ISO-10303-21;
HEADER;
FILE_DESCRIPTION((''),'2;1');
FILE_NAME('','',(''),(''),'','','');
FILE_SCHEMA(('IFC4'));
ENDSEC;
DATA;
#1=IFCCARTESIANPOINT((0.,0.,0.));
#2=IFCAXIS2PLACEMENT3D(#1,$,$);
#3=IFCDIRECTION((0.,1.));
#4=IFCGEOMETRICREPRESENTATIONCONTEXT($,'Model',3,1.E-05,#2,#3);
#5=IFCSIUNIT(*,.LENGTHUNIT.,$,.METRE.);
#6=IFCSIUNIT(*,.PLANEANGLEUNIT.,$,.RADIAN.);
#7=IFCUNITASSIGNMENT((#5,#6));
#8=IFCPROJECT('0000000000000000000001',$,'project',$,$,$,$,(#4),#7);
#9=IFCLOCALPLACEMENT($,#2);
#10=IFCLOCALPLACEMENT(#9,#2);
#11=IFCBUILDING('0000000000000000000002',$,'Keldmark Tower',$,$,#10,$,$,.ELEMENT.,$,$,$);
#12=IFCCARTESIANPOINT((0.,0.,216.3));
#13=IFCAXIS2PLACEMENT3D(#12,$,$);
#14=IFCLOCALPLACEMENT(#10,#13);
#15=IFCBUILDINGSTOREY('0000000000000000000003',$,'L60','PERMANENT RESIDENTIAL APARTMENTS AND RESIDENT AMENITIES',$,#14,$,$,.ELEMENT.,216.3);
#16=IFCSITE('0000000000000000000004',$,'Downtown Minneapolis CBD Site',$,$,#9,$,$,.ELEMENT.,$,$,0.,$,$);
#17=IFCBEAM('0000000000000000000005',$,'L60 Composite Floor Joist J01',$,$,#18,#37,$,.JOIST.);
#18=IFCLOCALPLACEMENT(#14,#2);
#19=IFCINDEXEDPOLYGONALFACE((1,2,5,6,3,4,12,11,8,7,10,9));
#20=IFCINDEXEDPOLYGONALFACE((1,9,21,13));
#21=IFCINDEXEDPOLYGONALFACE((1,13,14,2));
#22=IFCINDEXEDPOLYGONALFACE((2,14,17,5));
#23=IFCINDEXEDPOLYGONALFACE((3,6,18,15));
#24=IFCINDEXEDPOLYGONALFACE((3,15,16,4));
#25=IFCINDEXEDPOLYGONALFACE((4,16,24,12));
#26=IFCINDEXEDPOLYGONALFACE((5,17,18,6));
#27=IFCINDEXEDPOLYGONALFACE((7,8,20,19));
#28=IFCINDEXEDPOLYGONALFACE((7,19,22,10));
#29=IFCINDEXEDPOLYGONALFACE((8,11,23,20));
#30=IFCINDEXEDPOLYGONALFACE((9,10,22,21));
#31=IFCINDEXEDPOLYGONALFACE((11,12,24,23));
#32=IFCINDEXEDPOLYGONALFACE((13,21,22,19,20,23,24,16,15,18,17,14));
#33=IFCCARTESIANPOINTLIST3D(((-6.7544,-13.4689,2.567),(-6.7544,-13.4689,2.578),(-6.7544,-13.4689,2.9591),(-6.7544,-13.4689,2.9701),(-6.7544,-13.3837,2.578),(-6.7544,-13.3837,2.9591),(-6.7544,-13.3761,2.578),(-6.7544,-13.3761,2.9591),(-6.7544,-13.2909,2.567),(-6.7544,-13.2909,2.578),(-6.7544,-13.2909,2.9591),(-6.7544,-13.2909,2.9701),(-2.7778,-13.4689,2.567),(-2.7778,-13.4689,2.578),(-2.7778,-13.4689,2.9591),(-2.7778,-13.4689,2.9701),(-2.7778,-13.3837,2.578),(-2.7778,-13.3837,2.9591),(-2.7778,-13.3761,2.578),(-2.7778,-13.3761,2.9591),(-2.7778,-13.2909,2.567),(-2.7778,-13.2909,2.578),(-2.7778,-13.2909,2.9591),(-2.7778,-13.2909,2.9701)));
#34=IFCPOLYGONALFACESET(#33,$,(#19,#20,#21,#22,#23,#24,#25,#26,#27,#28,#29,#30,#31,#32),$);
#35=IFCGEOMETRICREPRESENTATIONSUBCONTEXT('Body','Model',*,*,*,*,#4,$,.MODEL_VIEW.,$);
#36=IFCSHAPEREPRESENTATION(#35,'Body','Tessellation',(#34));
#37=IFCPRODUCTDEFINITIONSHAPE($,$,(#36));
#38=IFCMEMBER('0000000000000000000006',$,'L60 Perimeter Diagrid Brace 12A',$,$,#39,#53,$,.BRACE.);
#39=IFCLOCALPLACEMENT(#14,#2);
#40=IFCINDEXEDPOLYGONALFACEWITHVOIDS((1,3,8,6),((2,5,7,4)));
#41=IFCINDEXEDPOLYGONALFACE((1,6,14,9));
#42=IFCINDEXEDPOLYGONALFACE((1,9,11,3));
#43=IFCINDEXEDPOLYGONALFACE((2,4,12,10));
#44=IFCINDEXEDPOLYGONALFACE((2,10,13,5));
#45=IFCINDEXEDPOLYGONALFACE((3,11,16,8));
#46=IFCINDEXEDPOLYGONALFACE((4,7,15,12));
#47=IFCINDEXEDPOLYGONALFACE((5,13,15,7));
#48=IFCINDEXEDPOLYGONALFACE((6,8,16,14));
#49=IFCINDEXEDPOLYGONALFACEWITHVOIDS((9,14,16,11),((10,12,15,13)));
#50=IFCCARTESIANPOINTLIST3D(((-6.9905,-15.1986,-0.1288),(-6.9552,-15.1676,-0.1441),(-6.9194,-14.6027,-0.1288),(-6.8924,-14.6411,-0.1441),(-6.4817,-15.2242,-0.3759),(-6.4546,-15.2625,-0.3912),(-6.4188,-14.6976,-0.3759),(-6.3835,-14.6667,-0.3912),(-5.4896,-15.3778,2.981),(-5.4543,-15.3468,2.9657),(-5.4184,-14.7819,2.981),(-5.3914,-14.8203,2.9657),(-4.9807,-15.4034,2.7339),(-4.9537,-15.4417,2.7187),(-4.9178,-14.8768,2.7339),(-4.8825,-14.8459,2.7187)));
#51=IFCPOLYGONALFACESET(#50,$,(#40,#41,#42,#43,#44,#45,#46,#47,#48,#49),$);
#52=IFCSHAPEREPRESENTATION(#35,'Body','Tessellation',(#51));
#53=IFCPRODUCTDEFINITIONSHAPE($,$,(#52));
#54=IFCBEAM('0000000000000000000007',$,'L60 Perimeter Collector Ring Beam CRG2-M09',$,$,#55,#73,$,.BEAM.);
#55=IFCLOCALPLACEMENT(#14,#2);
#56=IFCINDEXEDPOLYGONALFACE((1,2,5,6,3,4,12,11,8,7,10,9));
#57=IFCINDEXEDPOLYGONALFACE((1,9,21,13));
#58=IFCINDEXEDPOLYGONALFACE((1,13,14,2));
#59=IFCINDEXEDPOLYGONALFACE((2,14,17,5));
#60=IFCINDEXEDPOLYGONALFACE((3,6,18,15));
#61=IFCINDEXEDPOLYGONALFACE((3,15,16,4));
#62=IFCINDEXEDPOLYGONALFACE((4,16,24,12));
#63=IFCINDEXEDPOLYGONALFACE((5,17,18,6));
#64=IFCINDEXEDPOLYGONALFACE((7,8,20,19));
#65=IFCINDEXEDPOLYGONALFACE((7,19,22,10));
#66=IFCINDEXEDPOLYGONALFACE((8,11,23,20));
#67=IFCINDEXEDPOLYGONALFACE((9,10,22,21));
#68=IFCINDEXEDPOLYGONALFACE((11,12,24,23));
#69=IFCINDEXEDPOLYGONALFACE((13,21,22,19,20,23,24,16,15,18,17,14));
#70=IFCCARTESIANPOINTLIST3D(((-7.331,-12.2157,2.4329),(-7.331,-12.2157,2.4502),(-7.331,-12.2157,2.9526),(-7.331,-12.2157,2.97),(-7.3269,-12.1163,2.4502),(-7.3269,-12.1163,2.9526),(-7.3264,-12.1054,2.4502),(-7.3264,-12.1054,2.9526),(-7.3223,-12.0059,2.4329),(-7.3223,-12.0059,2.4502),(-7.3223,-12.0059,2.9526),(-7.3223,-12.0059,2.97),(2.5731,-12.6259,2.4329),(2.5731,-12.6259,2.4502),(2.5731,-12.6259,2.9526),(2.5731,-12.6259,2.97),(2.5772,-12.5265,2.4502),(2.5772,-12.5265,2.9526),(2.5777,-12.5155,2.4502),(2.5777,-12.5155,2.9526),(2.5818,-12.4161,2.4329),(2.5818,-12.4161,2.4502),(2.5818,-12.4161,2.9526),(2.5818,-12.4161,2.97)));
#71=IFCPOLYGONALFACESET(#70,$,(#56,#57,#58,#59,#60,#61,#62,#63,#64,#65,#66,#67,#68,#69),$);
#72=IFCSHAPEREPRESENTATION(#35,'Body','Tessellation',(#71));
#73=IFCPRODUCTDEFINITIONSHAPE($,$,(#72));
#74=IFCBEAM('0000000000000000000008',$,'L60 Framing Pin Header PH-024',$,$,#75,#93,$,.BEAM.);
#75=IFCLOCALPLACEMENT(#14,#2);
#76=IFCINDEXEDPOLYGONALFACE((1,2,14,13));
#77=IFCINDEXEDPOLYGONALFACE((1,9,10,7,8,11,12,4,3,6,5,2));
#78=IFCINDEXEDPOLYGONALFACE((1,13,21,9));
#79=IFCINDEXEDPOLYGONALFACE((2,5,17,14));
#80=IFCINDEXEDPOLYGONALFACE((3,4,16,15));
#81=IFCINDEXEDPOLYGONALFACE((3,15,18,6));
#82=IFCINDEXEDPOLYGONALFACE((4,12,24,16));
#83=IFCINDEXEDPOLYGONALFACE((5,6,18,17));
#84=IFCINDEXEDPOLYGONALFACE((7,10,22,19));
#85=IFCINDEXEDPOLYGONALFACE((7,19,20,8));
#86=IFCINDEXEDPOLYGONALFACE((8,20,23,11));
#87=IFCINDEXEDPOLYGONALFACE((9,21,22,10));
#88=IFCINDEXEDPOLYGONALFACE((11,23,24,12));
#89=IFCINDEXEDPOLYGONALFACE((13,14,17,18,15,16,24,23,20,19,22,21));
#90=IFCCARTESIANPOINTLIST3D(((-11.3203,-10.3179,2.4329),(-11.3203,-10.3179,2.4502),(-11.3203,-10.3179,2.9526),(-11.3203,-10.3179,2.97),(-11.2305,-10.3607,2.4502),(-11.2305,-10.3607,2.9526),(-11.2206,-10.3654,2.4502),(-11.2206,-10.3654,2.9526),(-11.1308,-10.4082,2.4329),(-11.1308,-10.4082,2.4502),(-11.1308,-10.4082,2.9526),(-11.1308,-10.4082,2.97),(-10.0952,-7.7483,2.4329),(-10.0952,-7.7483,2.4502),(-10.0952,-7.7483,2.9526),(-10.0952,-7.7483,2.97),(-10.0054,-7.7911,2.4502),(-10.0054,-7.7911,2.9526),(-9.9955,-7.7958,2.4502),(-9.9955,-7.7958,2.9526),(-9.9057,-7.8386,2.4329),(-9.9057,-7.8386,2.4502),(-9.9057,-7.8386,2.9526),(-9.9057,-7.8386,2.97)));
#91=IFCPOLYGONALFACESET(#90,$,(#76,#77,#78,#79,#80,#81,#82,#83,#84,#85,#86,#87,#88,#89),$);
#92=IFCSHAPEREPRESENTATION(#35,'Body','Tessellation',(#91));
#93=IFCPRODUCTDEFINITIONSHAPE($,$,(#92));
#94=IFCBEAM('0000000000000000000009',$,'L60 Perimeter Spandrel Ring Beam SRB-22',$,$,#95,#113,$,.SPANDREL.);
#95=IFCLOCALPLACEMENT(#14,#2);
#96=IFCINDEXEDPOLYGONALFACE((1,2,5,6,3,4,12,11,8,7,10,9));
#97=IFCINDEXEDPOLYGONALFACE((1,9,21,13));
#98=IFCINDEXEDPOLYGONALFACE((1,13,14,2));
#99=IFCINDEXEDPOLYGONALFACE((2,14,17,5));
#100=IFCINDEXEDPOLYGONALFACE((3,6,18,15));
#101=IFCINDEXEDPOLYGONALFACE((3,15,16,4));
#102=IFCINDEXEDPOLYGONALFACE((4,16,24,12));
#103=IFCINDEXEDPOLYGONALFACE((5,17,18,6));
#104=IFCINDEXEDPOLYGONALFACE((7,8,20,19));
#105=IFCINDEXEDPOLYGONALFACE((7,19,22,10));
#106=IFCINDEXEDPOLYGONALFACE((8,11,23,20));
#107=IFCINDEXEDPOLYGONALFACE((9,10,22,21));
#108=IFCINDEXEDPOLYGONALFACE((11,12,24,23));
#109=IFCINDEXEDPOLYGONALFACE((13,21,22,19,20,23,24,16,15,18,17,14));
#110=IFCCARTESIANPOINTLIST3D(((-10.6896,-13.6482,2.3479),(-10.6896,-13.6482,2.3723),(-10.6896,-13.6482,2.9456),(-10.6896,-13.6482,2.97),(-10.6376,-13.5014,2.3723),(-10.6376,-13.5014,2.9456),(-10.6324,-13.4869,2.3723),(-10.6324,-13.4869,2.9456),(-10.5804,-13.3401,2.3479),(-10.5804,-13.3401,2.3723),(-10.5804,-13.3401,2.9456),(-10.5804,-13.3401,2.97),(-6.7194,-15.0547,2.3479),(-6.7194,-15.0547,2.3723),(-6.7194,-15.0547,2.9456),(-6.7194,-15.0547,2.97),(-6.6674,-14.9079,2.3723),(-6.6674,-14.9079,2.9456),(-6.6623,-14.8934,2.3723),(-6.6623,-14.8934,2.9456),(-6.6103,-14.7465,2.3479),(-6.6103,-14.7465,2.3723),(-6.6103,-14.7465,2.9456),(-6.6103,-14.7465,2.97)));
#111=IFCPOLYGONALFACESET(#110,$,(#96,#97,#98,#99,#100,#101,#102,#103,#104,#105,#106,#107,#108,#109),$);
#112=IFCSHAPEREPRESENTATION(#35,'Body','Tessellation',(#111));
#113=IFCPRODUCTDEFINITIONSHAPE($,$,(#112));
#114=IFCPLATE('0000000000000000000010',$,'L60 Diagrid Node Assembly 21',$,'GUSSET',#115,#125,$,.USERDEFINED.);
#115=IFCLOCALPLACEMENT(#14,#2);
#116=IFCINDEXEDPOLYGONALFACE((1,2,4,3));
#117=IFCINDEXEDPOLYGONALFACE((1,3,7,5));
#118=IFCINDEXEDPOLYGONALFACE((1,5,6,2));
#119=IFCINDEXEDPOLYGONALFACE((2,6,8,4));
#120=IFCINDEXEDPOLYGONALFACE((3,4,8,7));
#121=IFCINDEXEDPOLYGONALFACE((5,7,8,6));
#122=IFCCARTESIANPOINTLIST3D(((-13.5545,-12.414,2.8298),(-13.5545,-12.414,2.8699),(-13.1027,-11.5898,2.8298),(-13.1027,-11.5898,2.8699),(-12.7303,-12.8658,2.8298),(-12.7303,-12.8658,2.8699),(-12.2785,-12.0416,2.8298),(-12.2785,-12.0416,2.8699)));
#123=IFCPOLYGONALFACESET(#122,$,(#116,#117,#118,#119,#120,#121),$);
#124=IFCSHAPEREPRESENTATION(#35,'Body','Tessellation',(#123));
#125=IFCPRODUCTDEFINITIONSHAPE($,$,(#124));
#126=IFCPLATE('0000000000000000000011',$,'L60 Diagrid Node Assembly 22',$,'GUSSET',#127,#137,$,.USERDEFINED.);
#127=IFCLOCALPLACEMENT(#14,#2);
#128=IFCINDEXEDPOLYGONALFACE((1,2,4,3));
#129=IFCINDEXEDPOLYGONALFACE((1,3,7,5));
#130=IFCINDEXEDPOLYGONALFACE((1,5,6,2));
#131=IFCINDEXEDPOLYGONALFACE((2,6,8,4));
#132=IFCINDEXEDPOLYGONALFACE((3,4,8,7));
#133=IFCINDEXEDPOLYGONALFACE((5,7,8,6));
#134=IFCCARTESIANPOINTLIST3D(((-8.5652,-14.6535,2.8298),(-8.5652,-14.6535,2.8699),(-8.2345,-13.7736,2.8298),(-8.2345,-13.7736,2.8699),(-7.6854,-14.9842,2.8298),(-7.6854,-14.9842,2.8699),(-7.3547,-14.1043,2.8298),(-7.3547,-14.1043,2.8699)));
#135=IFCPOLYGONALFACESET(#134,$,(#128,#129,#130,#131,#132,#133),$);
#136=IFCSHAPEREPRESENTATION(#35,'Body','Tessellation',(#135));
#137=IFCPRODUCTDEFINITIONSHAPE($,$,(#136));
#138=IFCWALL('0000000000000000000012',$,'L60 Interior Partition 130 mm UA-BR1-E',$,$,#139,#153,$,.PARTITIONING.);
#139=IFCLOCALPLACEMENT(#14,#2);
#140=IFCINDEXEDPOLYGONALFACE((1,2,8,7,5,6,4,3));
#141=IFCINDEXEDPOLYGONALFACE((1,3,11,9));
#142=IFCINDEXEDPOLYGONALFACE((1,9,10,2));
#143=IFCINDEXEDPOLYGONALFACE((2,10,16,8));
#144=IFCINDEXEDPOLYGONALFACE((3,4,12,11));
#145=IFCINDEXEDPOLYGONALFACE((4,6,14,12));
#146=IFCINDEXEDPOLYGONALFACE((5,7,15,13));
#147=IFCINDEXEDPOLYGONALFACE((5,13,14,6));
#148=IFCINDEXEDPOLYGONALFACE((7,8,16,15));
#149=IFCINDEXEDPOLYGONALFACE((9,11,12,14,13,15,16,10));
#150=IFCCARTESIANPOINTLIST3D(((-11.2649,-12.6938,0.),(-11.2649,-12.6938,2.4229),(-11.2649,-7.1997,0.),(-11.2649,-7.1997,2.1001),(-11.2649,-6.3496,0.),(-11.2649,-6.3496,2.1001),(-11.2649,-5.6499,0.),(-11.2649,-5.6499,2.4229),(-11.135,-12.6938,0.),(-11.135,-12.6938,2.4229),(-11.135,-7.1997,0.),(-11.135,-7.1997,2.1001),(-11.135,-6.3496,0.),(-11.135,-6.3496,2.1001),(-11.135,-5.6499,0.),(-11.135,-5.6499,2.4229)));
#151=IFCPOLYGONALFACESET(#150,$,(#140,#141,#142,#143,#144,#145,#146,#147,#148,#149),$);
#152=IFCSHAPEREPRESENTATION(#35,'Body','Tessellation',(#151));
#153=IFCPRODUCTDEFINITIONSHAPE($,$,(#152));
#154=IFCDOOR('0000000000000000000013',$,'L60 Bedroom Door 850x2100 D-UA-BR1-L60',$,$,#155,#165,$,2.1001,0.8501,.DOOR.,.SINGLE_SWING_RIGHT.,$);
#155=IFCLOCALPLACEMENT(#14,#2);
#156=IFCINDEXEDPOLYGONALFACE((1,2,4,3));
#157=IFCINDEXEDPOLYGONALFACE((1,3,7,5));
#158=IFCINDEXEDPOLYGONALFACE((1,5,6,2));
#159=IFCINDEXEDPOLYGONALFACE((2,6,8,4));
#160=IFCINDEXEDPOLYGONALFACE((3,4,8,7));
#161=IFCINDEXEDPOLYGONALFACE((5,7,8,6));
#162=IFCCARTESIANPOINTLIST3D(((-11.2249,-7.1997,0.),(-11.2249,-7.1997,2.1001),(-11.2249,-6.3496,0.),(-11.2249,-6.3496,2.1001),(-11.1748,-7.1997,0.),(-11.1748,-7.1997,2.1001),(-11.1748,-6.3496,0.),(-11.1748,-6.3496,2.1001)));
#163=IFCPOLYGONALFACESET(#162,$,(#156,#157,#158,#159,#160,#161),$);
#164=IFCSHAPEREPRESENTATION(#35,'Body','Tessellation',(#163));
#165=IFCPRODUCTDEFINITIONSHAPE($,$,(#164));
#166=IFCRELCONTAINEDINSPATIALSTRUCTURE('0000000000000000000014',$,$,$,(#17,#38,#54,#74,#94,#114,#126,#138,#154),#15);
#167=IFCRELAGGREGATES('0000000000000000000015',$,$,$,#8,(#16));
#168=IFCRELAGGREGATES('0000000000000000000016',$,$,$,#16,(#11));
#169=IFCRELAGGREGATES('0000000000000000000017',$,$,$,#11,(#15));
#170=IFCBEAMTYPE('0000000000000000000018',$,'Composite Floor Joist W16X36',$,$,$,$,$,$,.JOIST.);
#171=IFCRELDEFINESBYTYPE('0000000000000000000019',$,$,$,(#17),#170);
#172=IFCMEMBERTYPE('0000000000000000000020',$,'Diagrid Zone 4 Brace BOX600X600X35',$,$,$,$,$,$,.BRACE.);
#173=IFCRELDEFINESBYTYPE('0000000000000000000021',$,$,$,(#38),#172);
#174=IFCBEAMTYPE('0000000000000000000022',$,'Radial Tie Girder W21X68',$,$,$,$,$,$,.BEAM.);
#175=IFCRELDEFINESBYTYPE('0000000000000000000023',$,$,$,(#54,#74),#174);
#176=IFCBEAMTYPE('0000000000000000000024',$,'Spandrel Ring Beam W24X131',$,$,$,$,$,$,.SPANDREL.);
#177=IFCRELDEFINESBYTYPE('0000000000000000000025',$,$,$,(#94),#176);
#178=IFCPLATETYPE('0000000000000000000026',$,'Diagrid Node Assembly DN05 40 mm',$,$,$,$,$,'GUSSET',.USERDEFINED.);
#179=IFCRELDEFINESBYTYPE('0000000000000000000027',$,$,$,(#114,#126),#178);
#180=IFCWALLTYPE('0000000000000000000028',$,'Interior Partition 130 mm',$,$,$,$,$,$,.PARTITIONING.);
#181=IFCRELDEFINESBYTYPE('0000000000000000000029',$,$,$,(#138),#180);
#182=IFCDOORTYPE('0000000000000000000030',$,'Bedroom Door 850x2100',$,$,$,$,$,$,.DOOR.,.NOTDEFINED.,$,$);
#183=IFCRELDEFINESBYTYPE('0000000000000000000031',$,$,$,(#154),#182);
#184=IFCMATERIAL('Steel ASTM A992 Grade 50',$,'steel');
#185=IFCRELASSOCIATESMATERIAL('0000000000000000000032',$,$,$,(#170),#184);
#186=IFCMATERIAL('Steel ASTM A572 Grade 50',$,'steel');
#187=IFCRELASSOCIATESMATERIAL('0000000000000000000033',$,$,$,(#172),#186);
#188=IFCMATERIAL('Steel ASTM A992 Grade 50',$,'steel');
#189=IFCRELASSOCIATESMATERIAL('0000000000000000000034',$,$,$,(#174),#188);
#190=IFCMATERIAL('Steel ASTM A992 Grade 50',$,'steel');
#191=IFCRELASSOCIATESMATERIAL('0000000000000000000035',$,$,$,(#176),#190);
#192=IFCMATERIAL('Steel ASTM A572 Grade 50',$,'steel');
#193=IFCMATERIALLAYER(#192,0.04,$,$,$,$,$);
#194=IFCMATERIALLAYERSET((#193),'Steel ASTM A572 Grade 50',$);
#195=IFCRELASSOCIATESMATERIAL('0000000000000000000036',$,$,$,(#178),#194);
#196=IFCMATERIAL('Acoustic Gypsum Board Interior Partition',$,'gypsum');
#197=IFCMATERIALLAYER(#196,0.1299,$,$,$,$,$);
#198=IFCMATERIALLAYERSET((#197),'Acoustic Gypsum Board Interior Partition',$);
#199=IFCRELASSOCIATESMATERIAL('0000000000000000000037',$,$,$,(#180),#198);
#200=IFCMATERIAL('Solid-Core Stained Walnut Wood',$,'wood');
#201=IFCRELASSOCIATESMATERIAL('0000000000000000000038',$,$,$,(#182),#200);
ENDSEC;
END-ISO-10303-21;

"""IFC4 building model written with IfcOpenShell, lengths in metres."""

from ifc_helpers import new_model, si_unit, direction, frame, frame_2d, origin, origin_2d, place, context, subcontext, project, spatial, rectangle, hollow_rectangle, i_section, extrude, material, layer, layer_set, material_profile, profile_set, type_object, element, fill, save


model = new_model("IFC4")

# Units and contexts
model_context = context("Model", 3, precision=1e-05, world=origin(), true_north=direction((0.0, 1.0)))
body_context = subcontext(model_context, "Body", "Model", "MODEL_VIEW")
ifc_project = project(units=[si_unit("LENGTHUNIT", "METRE"), si_unit("PLANEANGLEUNIT", "RADIAN")], contexts=[model_context])

# Site, building, storey
site_placement = place(None, origin())
site = spatial("IfcSite", under=ifc_project, at=site_placement, Name="Downtown Minneapolis CBD Site", CompositionType="ELEMENT", RefElevation=0.0)
building_placement = place(site_placement, origin())
building = spatial("IfcBuilding", under=site, at=building_placement, Name="Keldmark Tower", CompositionType="ELEMENT")
storey_placement = place(building_placement, frame((0.0, 0.0, 216.3)))
storey = spatial("IfcBuildingStorey", under=building, at=storey_placement, Name="L60", Description="PERMANENT RESIDENTIAL APARTMENTS AND RESIDENT AMENITIES", CompositionType="ELEMENT", Elevation=216.3)

# Beam
ifc_material_1 = material(Name="Steel ASTM A992 Grade 50", Category="steel")
ifc_material_profile_1 = material_profile(ifc_material_1, i_section(OverallWidth=0.178, OverallDepth=0.4031, WebThickness=0.0076, FlangeThickness=0.011, at=origin_2d()), Name="W16X36")
ifc_profile_set_1 = profile_set([ifc_material_profile_1], Name="Steel ASTM A992 Grade 50")
beam_type_1 = type_object("IfcBeamType", Name="Composite Floor Joist W16X36", PredefinedType="JOIST", material=ifc_profile_set_1)
beam_1_placement = place(storey_placement, frame((-6.7544, -13.3799, 2.7686), z_axis=(1.0, 0.0, 0.0), x_axis=(0.0, 1.0, 0.0)))
element("IfcBeam", 1, at=beam_1_placement, inside=storey, type_object=beam_type_1, Name="L60 Composite Floor Joist J01", PredefinedType="JOIST", context=body_context, shape_type="SweptSolid", body=[
    extrude(i_section(OverallWidth=0.178, OverallDepth=0.4031, WebThickness=0.0076, FlangeThickness=0.011, at=origin_2d()), origin(), (0.0, 0.0, 1.0), 3.9766),
])

# Member
ifc_material_2 = material(Name="Steel ASTM A572 Grade 50", Category="steel")
ifc_material_profile_2 = material_profile(ifc_material_2, hollow_rectangle(XDim=0.6001, YDim=0.6001, WallThickness=0.0349, at=origin_2d()), Name="BOX600X600X35")
ifc_profile_set_2 = profile_set([ifc_material_profile_2], Name="Steel ASTM A572 Grade 50")
member_type = type_object("IfcMemberType", Name="Diagrid Zone 4 Brace BOX600X600X35", PredefinedType="BRACE", material=ifc_profile_set_2)
member_placement = place(storey_placement, frame((-6.687, -14.9326, -0.26), z_axis=(0.434086, -0.051825, 0.89938), x_axis=(0.118547, 0.992948, 0.0)))
element("IfcMember", 2, at=member_placement, inside=storey, type_object=member_type, Name="L60 Perimeter Diagrid Brace 12A", PredefinedType="BRACE", context=body_context, shape_type="SweptSolid", body=[
    extrude(hollow_rectangle(XDim=0.6001, YDim=0.6001, WallThickness=0.0349, at=origin_2d()), origin(), (0.0, 0.0, 1.0), 3.4578),
])

# Beams
ifc_material_3 = material(Name="Steel ASTM A992 Grade 50", Category="steel")
ifc_material_profile_3 = material_profile(ifc_material_3, i_section(OverallWidth=0.21, OverallDepth=0.5371, WebThickness=0.011, FlangeThickness=0.0173, at=origin_2d()), Name="W21X68")
ifc_profile_set_3 = profile_set([ifc_material_profile_3], Name="Steel ASTM A992 Grade 50")
beam_type_2 = type_object("IfcBeamType", Name="Radial Tie Girder W21X68", PredefinedType="BEAM", material=ifc_profile_set_3)
beam_2_placement = place(storey_placement, frame((-7.3267, -12.1108, 2.7014), z_axis=(0.999144, -0.041378, 0.0), x_axis=(0.041378, 0.999144, 0.0)))
element("IfcBeam", 3, at=beam_2_placement, inside=storey, type_object=beam_type_2, Name="L60 Perimeter Collector Ring Beam CRG2-M09", PredefinedType="BEAM", context=body_context, shape_type="SweptSolid", body=[
    extrude(i_section(OverallWidth=0.21, OverallDepth=0.5371, WebThickness=0.011, FlangeThickness=0.0173, at=origin_2d()), origin(), (0.0, 0.0, 1.0), 9.9126),
])
beam_3_placement = place(storey_placement, frame((-10.0005, -7.7935, 2.7014), z_axis=(-0.43036, -0.902658, 0.0), x_axis=(0.902658, -0.43036, 0.0)))
element("IfcBeam", 4, at=beam_3_placement, inside=storey, type_object=beam_type_2, Name="L60 Framing Pin Header PH-024", PredefinedType="BEAM", context=body_context, shape_type="SweptSolid", body=[
    extrude(i_section(OverallWidth=0.21, OverallDepth=0.5371, WebThickness=0.011, FlangeThickness=0.0173, at=origin_2d()), origin(), (0.0, 0.0, 1.0), 2.8467),
])
ifc_material_4 = material(Name="Steel ASTM A992 Grade 50", Category="steel")
ifc_material_profile_4 = material_profile(ifc_material_4, i_section(OverallWidth=0.3269, OverallDepth=0.6221, WebThickness=0.0154, FlangeThickness=0.0244, at=origin_2d()), Name="W24X131")
ifc_profile_set_4 = profile_set([ifc_material_profile_4], Name="Steel ASTM A992 Grade 50")
beam_type_3 = type_object("IfcBeamType", Name="Spandrel Ring Beam W24X131", PredefinedType="SPANDREL", material=ifc_profile_set_4)
beam_4_placement = place(storey_placement, frame((-10.635, -13.4941, 2.6589), z_axis=(0.942599, -0.333927, 0.0), x_axis=(0.333927, 0.942599, 0.0)))
element("IfcBeam", 5, at=beam_4_placement, inside=storey, type_object=beam_type_3, Name="L60 Perimeter Spandrel Ring Beam SRB-22", PredefinedType="SPANDREL", context=body_context, shape_type="SweptSolid", body=[
    extrude(i_section(OverallWidth=0.3269, OverallDepth=0.6221, WebThickness=0.0154, FlangeThickness=0.0244, at=origin_2d()), origin(), (0.0, 0.0, 1.0), 4.2119),
])

# Plates
ifc_material_5 = material(Name="Steel ASTM A572 Grade 50", Category="steel")
ifc_layer_1 = layer(ifc_material_5, 0.04)
ifc_layer_set_1 = layer_set([ifc_layer_1], Name="Steel ASTM A572 Grade 50")
plate_type = type_object("IfcPlateType", Name="Diagrid Node Assembly DN05 40 mm", ElementType="GUSSET", PredefinedType="USERDEFINED", material=ifc_layer_set_1)
for number, where, z_axis, x_axis, name in (
    (6, (-12.9165, -12.2278, 2.8298), (0.0, 0.0, 1.0), (0.876895, -0.480683, 0.0), "L60 Diagrid Node Assembly 21"),
    (7, (-7.96, -14.3789, 2.8298), (0.0, 0.0, 1.0), (0.93606, -0.351842, 0.0), "L60 Diagrid Node Assembly 22"),
):
    element("IfcPlate", number, at=place(storey_placement, frame(where, z_axis=z_axis, x_axis=x_axis)), inside=storey, type_object=plate_type, Name=name, ObjectType="GUSSET", PredefinedType="USERDEFINED", context=body_context, shape_type="SweptSolid", body=[
        extrude(rectangle(XDim=0.9399, YDim=0.9399, at=origin_2d()), origin(), (0.0, 0.0, 1.0), 0.04),
    ])

# Wall, opening, door
ifc_material_6 = material(Name="Acoustic Gypsum Board Interior Partition", Category="gypsum")
ifc_layer_2 = layer(ifc_material_6, 0.1299)
ifc_layer_set_2 = layer_set([ifc_layer_2], Name="Acoustic Gypsum Board Interior Partition")
wall_type_1 = type_object("IfcWallType", Name="Interior Partition 130 mm", PredefinedType="PARTITIONING", material=ifc_layer_set_2)
wall_1_placement = place(storey_placement, frame((-11.2, -12.6938, 0.0), z_axis=(0.0, 0.0, 1.0), x_axis=(0.0, 1.0, 0.0)))
wall_1 = element("IfcWall", 8, at=wall_1_placement, inside=storey, type_object=wall_type_1, Name="L60 Interior Partition 130 mm UA-BR1-E", PredefinedType="PARTITIONING", context=body_context, shape_type="SweptSolid", body=[
    extrude(rectangle(XDim=7.0439, YDim=0.1299, at=frame_2d((3.522, 0.0))), origin(), (0.0, 0.0, 1.0), 2.4229),
])
opening_1_placement = place(wall_1_placement, frame((5.4941, 0.0, 0.0)))
opening_1 = element("IfcOpeningElement", 9, at=opening_1_placement, cuts=wall_1, PredefinedType="OPENING", context=body_context, shape_type="SweptSolid", body=[
    extrude(rectangle(XDim=0.8501, YDim=2.1001, at=frame_2d((0.425, 1.05))), frame((0.0, 0.075, 0.0), z_axis=(0.0, -1.0, 0.0), x_axis=(1.0, 0.0, 0.0)), (0.0, 0.0, 1.0), 0.1499),
])
ifc_material_7 = material(Name="Solid-Core Stained Walnut Wood", Category="wood")
door_type_1 = type_object("IfcDoorType", Name="Bedroom Door 850x2100", OperationType="NOTDEFINED", PredefinedType="DOOR", material=ifc_material_7)
door_1_placement = place(opening_1_placement, origin())
door_1 = element("IfcDoor", 10, at=door_1_placement, inside=storey, type_object=door_type_1, Name="L60 Bedroom Door 850x2100 D-UA-BR1-L60", OperationType="SINGLE_SWING_RIGHT", OverallHeight=2.1001, OverallWidth=0.8501, PredefinedType="DOOR", context=body_context, shape_type="SweptSolid", body=[
    extrude(rectangle(XDim=0.8501, YDim=2.1001, at=frame_2d((0.425, 1.05))), frame((0.0, 0.0249, 0.0), z_axis=(0.0, -1.0, 0.0), x_axis=(1.0, 0.0, 0.0)), (0.0, 0.0, 1.0), 0.05),
])
fill(opening_1, door_1)

save(model, "model.ifc")
